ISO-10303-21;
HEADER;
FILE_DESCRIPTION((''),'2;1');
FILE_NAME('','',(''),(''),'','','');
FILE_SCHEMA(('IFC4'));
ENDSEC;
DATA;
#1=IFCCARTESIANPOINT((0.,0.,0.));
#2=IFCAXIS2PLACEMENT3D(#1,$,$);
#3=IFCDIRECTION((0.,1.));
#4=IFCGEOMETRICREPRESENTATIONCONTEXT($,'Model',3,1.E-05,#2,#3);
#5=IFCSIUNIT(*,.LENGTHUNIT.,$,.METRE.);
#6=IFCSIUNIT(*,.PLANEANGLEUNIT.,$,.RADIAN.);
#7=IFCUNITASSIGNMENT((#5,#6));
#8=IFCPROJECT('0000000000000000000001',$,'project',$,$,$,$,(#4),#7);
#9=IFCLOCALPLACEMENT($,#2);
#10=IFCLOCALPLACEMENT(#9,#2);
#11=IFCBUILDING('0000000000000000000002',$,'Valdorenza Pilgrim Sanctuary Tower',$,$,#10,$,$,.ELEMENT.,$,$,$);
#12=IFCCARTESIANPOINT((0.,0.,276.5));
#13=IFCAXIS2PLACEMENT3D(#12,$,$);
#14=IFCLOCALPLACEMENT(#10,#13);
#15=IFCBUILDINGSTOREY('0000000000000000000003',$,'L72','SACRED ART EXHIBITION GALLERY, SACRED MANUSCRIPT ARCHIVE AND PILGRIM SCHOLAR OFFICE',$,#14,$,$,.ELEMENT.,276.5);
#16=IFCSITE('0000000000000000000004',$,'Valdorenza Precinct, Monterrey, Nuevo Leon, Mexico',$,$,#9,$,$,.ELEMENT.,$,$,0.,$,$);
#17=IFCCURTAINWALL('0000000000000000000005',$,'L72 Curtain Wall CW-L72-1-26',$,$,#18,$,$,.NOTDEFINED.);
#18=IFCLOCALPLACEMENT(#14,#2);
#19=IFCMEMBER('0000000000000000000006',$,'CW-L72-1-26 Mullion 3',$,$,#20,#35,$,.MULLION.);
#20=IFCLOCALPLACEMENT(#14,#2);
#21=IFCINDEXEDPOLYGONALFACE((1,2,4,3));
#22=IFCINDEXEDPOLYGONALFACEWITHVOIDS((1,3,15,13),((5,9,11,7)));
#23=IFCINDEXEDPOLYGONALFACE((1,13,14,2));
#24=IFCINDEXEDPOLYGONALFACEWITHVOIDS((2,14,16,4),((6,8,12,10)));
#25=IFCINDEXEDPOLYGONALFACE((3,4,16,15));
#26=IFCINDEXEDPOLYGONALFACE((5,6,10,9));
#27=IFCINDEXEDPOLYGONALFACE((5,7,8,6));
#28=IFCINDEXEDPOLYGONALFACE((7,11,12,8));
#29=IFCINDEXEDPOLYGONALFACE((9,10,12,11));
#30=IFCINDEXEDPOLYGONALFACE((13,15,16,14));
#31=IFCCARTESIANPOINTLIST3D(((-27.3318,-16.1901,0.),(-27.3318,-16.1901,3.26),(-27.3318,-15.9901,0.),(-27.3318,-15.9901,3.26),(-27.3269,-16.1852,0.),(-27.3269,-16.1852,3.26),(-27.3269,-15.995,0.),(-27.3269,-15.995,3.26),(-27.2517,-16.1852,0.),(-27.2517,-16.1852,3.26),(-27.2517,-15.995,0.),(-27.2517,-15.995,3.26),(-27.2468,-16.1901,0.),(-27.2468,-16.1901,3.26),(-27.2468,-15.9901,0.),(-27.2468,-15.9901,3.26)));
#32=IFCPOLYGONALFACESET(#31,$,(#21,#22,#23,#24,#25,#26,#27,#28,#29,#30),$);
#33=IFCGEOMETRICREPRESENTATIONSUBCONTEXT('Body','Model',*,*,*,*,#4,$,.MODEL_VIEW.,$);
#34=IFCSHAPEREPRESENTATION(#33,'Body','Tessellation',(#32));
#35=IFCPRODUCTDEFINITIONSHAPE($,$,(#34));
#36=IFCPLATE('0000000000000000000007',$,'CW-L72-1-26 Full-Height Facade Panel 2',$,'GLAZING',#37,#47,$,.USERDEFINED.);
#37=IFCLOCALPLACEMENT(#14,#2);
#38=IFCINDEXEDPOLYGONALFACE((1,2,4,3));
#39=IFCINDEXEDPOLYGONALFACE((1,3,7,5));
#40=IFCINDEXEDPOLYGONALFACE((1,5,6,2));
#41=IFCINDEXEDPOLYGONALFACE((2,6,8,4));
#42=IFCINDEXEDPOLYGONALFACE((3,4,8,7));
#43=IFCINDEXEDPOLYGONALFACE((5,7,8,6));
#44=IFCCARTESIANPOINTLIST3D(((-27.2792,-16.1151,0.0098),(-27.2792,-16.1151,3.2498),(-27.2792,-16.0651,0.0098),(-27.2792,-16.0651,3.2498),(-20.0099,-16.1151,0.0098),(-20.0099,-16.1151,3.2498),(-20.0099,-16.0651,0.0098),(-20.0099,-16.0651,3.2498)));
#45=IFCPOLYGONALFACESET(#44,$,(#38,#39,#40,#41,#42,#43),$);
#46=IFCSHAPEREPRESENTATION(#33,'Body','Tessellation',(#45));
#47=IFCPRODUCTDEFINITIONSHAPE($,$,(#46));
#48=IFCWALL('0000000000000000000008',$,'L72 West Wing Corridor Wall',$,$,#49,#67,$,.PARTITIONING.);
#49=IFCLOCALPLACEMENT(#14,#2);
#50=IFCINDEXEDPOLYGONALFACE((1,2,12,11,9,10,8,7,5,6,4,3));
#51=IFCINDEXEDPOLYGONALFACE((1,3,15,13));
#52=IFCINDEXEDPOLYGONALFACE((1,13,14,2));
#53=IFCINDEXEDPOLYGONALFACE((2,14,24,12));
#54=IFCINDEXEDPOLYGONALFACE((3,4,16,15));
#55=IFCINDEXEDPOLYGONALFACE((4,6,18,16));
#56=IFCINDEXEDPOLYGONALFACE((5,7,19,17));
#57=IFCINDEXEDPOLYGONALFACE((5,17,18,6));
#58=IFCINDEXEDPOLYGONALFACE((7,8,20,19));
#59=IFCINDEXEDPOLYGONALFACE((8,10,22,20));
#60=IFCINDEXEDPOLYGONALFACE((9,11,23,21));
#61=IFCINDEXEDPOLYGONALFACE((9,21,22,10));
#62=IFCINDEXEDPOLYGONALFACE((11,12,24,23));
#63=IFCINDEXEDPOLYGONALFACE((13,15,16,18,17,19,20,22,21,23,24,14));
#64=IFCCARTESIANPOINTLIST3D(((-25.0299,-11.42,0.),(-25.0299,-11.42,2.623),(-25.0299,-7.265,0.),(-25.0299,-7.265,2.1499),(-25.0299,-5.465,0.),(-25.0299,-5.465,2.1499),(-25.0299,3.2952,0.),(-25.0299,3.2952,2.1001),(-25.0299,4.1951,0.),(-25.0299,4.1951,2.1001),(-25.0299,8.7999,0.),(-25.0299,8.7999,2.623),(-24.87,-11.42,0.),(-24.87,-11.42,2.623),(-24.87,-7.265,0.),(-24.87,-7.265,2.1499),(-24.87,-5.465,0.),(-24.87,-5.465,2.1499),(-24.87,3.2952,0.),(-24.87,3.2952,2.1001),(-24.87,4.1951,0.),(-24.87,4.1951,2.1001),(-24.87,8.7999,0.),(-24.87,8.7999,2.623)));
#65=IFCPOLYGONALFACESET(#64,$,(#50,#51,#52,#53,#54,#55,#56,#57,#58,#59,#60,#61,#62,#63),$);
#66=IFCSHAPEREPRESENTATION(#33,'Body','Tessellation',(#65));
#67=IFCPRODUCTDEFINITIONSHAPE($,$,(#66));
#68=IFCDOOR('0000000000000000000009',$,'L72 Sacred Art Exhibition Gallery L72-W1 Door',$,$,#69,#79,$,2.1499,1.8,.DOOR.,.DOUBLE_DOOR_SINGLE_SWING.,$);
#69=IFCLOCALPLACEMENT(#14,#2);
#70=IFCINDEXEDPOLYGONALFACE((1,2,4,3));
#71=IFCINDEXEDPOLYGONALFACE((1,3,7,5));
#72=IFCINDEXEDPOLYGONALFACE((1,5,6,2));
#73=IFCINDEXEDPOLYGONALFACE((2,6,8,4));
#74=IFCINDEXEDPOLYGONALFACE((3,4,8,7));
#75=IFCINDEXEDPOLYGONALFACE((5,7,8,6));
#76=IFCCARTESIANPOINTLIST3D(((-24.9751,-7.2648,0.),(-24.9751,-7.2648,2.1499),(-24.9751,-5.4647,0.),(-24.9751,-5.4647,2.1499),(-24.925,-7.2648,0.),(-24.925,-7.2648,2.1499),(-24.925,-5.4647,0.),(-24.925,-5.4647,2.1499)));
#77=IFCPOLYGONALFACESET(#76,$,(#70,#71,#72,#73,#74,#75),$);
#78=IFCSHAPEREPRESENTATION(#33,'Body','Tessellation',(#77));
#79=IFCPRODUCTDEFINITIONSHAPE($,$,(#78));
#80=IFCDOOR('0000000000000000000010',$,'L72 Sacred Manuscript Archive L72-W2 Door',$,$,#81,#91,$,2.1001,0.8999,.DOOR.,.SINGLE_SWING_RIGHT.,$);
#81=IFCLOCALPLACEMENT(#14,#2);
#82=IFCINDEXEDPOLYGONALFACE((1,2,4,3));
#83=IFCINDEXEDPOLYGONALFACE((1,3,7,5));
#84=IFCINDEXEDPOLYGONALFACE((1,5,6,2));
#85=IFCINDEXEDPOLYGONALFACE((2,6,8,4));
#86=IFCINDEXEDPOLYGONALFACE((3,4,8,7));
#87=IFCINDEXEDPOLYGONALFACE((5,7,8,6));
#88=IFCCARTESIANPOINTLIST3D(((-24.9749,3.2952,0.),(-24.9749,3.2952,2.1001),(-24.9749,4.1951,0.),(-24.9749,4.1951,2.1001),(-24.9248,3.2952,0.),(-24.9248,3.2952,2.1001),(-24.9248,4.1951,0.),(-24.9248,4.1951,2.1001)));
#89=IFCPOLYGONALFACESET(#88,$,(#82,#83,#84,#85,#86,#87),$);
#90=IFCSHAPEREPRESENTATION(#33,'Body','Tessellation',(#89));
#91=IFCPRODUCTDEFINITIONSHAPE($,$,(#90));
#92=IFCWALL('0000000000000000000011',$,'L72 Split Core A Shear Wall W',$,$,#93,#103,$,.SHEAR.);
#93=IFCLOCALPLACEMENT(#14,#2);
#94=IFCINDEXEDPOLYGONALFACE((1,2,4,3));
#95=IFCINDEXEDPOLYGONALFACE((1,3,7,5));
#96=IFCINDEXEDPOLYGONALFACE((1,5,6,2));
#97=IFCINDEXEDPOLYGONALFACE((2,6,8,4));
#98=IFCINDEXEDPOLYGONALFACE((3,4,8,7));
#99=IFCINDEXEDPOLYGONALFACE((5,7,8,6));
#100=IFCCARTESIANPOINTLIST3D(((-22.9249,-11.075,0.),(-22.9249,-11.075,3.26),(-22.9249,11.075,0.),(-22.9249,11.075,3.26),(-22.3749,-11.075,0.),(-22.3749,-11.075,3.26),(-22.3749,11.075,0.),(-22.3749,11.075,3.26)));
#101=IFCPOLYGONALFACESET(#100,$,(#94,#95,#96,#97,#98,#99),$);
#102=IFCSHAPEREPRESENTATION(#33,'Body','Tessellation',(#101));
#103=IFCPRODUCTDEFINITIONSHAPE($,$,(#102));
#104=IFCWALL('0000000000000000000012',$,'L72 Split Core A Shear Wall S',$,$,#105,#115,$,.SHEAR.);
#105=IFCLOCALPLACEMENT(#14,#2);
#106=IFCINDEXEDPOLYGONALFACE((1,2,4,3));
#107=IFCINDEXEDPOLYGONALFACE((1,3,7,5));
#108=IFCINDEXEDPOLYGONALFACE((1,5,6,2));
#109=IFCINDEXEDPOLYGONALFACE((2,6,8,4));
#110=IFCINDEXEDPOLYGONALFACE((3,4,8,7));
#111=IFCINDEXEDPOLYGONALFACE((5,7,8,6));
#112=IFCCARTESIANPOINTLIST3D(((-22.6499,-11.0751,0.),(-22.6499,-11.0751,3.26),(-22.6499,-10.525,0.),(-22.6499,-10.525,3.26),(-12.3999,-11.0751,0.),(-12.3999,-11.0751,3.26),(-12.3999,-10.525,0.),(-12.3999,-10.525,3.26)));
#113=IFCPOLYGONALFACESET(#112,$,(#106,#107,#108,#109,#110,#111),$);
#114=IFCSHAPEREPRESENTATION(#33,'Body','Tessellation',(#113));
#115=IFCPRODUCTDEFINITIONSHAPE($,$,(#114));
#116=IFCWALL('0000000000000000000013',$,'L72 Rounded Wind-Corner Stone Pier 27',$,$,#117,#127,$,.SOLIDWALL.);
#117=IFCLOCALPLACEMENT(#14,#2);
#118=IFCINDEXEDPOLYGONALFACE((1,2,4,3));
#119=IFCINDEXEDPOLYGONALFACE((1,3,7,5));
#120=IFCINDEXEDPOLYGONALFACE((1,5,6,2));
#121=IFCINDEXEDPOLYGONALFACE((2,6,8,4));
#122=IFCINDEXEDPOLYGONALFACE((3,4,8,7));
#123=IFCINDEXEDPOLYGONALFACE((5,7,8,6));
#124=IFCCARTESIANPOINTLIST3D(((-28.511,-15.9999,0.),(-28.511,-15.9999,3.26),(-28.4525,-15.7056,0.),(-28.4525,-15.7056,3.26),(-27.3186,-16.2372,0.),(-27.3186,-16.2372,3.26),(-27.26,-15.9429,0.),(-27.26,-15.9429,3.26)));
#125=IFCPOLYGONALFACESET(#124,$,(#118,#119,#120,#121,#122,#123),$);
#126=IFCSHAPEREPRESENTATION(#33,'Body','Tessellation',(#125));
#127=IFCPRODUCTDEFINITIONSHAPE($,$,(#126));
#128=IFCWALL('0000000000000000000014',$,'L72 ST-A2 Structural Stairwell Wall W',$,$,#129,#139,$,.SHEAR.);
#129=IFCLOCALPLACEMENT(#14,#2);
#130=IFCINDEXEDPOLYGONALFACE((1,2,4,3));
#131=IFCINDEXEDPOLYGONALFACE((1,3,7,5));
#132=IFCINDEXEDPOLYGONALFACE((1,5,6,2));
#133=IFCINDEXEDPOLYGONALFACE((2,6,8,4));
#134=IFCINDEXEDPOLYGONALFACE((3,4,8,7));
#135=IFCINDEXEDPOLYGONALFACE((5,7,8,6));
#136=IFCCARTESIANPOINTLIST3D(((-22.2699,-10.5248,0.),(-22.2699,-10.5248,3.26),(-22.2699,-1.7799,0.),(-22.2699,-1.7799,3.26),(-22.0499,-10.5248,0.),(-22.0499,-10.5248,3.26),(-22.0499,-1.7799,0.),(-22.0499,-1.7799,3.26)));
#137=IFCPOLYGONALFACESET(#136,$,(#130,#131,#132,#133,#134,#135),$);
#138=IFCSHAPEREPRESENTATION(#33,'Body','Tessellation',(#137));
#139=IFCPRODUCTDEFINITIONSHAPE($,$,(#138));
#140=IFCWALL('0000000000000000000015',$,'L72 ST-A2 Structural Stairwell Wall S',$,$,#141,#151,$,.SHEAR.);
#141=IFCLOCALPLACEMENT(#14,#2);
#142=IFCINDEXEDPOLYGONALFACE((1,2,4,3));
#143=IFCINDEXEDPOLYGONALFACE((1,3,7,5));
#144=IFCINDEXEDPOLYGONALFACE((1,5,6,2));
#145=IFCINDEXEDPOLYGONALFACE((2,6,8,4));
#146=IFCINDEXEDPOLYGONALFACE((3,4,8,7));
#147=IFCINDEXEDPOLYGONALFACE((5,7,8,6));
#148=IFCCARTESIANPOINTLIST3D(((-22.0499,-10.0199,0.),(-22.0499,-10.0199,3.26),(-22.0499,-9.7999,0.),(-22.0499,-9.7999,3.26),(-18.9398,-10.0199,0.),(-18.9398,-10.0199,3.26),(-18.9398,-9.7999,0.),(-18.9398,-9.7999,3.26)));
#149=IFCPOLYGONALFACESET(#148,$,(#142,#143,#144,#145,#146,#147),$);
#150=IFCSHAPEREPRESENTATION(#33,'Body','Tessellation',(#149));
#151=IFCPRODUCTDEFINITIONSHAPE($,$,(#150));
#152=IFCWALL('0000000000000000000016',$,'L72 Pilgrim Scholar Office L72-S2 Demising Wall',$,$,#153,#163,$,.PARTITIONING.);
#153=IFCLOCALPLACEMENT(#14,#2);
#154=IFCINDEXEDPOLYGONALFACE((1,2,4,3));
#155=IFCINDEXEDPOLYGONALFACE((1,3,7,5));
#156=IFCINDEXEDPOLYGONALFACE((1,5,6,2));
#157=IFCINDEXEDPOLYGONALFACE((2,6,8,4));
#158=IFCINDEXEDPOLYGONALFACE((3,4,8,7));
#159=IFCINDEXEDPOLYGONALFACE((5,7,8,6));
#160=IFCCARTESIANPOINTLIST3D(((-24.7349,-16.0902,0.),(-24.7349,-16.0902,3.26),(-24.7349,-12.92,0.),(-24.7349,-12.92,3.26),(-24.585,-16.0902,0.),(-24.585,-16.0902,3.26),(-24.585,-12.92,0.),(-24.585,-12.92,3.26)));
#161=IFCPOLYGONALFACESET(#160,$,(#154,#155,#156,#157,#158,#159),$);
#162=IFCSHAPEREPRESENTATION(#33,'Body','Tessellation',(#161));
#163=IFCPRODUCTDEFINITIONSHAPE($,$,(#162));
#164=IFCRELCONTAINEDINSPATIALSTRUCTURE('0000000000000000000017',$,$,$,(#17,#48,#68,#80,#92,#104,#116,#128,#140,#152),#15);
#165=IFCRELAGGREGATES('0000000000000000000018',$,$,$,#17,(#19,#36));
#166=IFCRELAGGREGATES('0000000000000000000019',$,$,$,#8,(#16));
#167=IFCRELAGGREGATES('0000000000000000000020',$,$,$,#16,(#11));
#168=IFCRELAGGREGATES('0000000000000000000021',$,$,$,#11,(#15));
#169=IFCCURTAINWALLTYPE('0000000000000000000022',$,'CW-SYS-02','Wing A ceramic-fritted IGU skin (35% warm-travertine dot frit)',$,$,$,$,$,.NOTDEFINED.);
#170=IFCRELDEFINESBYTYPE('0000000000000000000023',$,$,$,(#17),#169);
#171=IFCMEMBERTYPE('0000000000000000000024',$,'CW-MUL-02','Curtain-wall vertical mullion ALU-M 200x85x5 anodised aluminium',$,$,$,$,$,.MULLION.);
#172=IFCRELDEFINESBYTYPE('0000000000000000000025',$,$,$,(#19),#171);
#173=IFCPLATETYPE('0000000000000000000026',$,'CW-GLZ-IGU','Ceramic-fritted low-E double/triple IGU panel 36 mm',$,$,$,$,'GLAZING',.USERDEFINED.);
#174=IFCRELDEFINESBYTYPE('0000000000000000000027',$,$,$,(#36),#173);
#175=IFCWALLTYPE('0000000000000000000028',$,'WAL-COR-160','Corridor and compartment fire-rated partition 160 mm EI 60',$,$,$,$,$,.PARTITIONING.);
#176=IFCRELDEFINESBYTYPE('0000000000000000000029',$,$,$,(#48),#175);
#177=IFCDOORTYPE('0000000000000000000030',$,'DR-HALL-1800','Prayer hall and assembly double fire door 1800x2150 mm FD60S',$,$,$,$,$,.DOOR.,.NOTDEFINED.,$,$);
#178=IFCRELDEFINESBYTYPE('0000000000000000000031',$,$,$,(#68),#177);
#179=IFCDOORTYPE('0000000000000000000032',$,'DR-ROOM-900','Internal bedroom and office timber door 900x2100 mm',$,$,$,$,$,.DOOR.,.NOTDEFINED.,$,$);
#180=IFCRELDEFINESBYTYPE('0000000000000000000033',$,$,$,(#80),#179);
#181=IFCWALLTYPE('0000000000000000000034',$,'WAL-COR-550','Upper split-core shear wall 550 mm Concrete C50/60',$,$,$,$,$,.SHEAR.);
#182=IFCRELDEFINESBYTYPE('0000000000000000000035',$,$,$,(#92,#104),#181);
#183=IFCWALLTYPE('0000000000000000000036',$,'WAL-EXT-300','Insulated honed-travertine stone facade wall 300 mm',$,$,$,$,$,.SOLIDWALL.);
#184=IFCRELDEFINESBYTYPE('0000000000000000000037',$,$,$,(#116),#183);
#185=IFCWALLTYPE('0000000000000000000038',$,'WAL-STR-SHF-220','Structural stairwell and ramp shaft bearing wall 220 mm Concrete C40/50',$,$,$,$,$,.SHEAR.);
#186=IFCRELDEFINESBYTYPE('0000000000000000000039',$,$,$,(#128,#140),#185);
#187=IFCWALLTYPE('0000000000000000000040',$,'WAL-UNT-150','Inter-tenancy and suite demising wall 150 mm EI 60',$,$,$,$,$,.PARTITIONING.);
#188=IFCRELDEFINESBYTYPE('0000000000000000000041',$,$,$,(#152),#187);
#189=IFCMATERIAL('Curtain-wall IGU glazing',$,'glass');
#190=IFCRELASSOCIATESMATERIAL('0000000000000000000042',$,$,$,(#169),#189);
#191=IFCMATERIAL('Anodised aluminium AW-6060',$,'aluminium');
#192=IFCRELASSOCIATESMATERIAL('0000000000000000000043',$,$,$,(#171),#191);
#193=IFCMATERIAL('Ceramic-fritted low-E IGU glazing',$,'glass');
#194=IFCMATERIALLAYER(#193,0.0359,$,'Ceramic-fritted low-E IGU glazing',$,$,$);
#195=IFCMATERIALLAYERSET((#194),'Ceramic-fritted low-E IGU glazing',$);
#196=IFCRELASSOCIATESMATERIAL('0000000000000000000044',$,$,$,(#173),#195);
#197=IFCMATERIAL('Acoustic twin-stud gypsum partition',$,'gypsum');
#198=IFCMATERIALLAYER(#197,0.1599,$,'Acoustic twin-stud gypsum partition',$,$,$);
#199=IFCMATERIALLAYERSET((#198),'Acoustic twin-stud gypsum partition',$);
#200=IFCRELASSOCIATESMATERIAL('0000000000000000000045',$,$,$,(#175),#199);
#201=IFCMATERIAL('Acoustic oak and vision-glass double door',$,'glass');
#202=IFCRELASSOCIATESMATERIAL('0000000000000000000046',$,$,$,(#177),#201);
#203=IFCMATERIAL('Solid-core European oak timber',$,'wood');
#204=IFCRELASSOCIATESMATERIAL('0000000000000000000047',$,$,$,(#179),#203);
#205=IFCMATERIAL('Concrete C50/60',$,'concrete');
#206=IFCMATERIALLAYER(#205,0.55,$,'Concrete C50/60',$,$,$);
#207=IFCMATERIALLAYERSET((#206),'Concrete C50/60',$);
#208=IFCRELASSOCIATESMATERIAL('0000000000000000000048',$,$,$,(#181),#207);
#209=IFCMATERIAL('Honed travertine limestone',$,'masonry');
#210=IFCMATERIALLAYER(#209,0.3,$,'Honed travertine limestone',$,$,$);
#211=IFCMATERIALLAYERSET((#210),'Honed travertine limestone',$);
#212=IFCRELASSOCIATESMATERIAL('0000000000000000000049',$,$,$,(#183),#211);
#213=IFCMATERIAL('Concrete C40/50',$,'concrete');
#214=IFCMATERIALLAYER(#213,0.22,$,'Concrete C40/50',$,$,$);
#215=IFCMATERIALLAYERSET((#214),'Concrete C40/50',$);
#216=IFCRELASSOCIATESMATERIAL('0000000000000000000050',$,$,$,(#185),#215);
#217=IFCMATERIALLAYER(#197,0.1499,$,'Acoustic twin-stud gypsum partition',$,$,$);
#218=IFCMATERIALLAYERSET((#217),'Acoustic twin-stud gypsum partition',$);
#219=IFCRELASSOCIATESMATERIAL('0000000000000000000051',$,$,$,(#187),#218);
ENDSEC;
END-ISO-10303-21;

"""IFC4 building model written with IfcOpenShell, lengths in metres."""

from ifc_helpers import new_model, si_unit, direction, frame, frame_2d, origin, origin_2d, place, context, subcontext, project, spatial, rectangle, hollow_rectangle, extrude, source, transform, mapped, material, layer, layer_set, material_profile, profile_set, type_object, element, fill, aggregate, save


model = new_model("IFC4")

# Units and contexts
model_context = context("Model", 3, precision=1e-05, world=origin(), true_north=direction((0.0, 1.0)))
body_context = subcontext(model_context, "Body", "Model", "MODEL_VIEW")
ifc_project = project(units=[si_unit("LENGTHUNIT", "METRE"), si_unit("PLANEANGLEUNIT", "RADIAN")], contexts=[model_context])

# Site, building, storey
site_placement = place(None, origin())
site = spatial("IfcSite", under=ifc_project, at=site_placement, Name="Valdorenza Precinct, Monterrey, Nuevo Leon, Mexico", CompositionType="ELEMENT", RefElevation=0.0)
building_placement = place(site_placement, origin())
building = spatial("IfcBuilding", under=site, at=building_placement, Name="Valdorenza Pilgrim Sanctuary Tower", CompositionType="ELEMENT")
storey_placement = place(building_placement, frame((0.0, 0.0, 276.5)))
storey = spatial("IfcBuildingStorey", under=building, at=storey_placement, Name="L72", Description="SACRED ART EXHIBITION GALLERY, SACRED MANUSCRIPT ARCHIVE AND PILGRIM SCHOLAR OFFICE", CompositionType="ELEMENT", Elevation=276.5)

# Shared definitions
ifc_material_1 = material(Name="Concrete C50/60", Category="concrete")

# Curtain wall, member, plate
ifc_material_2 = material(Name="Curtain-wall IGU glazing", Category="glass")
curtain_wall_type = type_object("IfcCurtainWallType", Name="CW-SYS-02", Description="Wing A ceramic-fritted IGU skin (35% warm-travertine dot frit)", PredefinedType="NOTDEFINED", material=ifc_material_2)
curtain_wall_placement = place(storey_placement, origin())
curtain_wall = element("IfcCurtainWall", 1, at=curtain_wall_placement, inside=storey, type_object=curtain_wall_type, Name="L72 Curtain Wall CW-L72-1-26", PredefinedType="NOTDEFINED")
ifc_material_3 = material(Name="Anodised aluminium AW-6060", Category="aluminium")
ifc_material_profile_1 = material_profile(ifc_material_3, hollow_rectangle(XDim=0.085, YDim=0.2, WallThickness=0.0049, at=origin_2d()), Name="ALU-M 200x85x5")
ifc_profile_set_1 = profile_set([ifc_material_profile_1], Name="Anodised aluminium AW-6060")
member_type = type_object("IfcMemberType", Name="CW-MUL-02", Description="Curtain-wall vertical mullion ALU-M 200x85x5 anodised aluminium", PredefinedType="MULLION", material=ifc_profile_set_1)
shared_shape_1 = source(origin(), body_context, "Body", "SweptSolid", [
    extrude(hollow_rectangle(XDim=0.085, YDim=0.2, WallThickness=0.0049, at=origin_2d()), origin(), (0.0, 0.0, 1.0), 3.26),
])
member_placement = place(storey_placement, frame((-27.2893, -16.0901, 0.0), z_axis=(0.0, 0.0, 1.0), x_axis=(-1.0, 0.0, 0.0)))
member = element("IfcMember", 2, at=member_placement, type_object=member_type, Name="CW-L72-1-26 Mullion 3", PredefinedType="MULLION", context=body_context, shape_type="MappedRepresentation", body=[
    mapped(shared_shape_1, transform((0.0, 0.0, 0.0), x_axis=(1.0, 0.0, 0.0), y_axis=(0.0, 1.0, 0.0), z_axis=(0.0, 0.0, 1.0), scale=1.0)),
])
ifc_material_4 = material(Name="Ceramic-fritted low-E IGU glazing", Category="glass")
ifc_layer_1 = layer(ifc_material_4, 0.0359, Name="Ceramic-fritted low-E IGU glazing")
ifc_layer_set_1 = layer_set([ifc_layer_1], Name="Ceramic-fritted low-E IGU glazing")
plate_type = type_object("IfcPlateType", Name="CW-GLZ-IGU", Description="Ceramic-fritted low-E double/triple IGU panel 36 mm", ElementType="GLAZING", PredefinedType="USERDEFINED", material=ifc_layer_set_1)
shared_shape_2 = source(origin(), body_context, "Body", "SweptSolid", [
    extrude(rectangle(XDim=7.2693, YDim=0.05, at=origin_2d()), origin(), (0.0, 0.0, 1.0), 3.24),
])
plate_placement = place(storey_placement, frame((-23.6445, -16.0901, 0.0098), z_axis=(0.0, 0.0, 1.0), x_axis=(-1.0, 0.0, 0.0)))
plate = element("IfcPlate", 3, at=plate_placement, type_object=plate_type, Name="CW-L72-1-26 Full-Height Facade Panel 2", ObjectType="GLAZING", PredefinedType="USERDEFINED", context=body_context, shape_type="MappedRepresentation", body=[
    mapped(shared_shape_2, transform((0.0, 0.0, 0.0), x_axis=(1.0, 0.0, 0.0), y_axis=(0.0, 1.0, 0.0), z_axis=(0.0, 0.0, 1.0), scale=1.0)),
])
aggregate(curtain_wall, [member, plate])

# Wall, openings, doors
ifc_material_5 = material(Name="Acoustic twin-stud gypsum partition", Category="gypsum")
ifc_layer_2 = layer(ifc_material_5, 0.1599, Name="Acoustic twin-stud gypsum partition")
ifc_layer_set_2 = layer_set([ifc_layer_2], Name="Acoustic twin-stud gypsum partition")
wall_type_1 = type_object("IfcWallType", Name="WAL-COR-160", Description="Corridor and compartment fire-rated partition 160 mm EI 60", PredefinedType="PARTITIONING", material=ifc_layer_set_2)
wall_1_placement = place(storey_placement, frame((-24.95, -11.4199, 0.0), z_axis=(0.0, 0.0, 1.0), x_axis=(0.0, 1.0, 0.0)))
wall_1 = element("IfcWall", 4, at=wall_1_placement, inside=storey, type_object=wall_type_1, Name="L72 West Wing Corridor Wall", PredefinedType="PARTITIONING", context=body_context, shape_type="SweptSolid", body=[
    extrude(rectangle(XDim=20.22, YDim=0.1599, at=frame_2d((10.1099, 0.0))), origin(), (0.0, 0.0, 1.0), 2.623),
])
opening_1_placement = place(wall_1_placement, frame((4.155, 0.0, 0.0)))
opening_1 = element("IfcOpeningElement", 5, at=opening_1_placement, cuts=wall_1, PredefinedType="OPENING", context=body_context, shape_type="SweptSolid", body=[
    extrude(rectangle(XDim=1.8, YDim=2.1499, at=frame_2d((0.8999, 1.075))), frame((0.0, 0.0947, 0.0), z_axis=(0.0, -1.0, 0.0), x_axis=(1.0, 0.0, 0.0)), (0.0, 0.0, 1.0), 0.1897),
])
opening_2_placement = place(wall_1_placement, frame((14.7151, 0.0, 0.0)))
opening_2 = element("IfcOpeningElement", 6, at=opening_2_placement, cuts=wall_1, PredefinedType="OPENING", context=body_context, shape_type="SweptSolid", body=[
    extrude(rectangle(XDim=0.8999, YDim=2.1001, at=frame_2d((0.45, 1.05))), frame((0.0, 0.0947, 0.0), z_axis=(0.0, -1.0, 0.0), x_axis=(1.0, 0.0, 0.0)), (0.0, 0.0, 1.0), 0.1897),
])
ifc_material_6 = material(Name="Acoustic oak and vision-glass double door", Category="glass")
door_type_1 = type_object("IfcDoorType", Name="DR-HALL-1800", Description="Prayer hall and assembly double fire door 1800x2150 mm FD60S", OperationType="NOTDEFINED", PredefinedType="DOOR", material=ifc_material_6)
door_1_placement = place(opening_1_placement, frame((1.8, 0.0, 0.0), z_axis=(0.0, 0.0, 1.0), x_axis=(-1.0, 0.0, 0.0)))
door_1 = element("IfcDoor", 7, at=door_1_placement, inside=storey, type_object=door_type_1, Name="L72 Sacred Art Exhibition Gallery L72-W1 Door", OperationType="DOUBLE_DOOR_SINGLE_SWING", OverallHeight=2.1499, OverallWidth=1.8, PredefinedType="DOOR", context=body_context, shape_type="SweptSolid", body=[
    extrude(rectangle(XDim=1.8, YDim=2.1499, at=frame_2d((0.8999, 1.075))), frame((0.0, 0.0249, 0.0), z_axis=(0.0, -1.0, 0.0), x_axis=(1.0, 0.0, 0.0)), (0.0, 0.0, 1.0), 0.05),
])
fill(opening_1, door_1)
ifc_material_7 = material(Name="Solid-core European oak timber", Category="wood")
door_type_2 = type_object("IfcDoorType", Name="DR-ROOM-900", Description="Internal bedroom and office timber door 900x2100 mm", OperationType="NOTDEFINED", PredefinedType="DOOR", material=ifc_material_7)
door_2_placement = place(opening_2_placement, origin())
door_2 = element("IfcDoor", 8, at=door_2_placement, inside=storey, type_object=door_type_2, Name="L72 Sacred Manuscript Archive L72-W2 Door", OperationType="SINGLE_SWING_RIGHT", OverallHeight=2.1001, OverallWidth=0.8999, PredefinedType="DOOR", context=body_context, shape_type="SweptSolid", body=[
    extrude(rectangle(XDim=0.8999, YDim=2.1001, at=frame_2d((0.45, 1.05))), frame((0.0, 0.0249, 0.0), z_axis=(0.0, -1.0, 0.0), x_axis=(1.0, 0.0, 0.0)), (0.0, 0.0, 1.0), 0.05),
])
fill(opening_2, door_2)

# Walls
ifc_layer_3 = layer(ifc_material_1, 0.55, Name="Concrete C50/60")
ifc_layer_set_3 = layer_set([ifc_layer_3], Name="Concrete C50/60")
wall_type_2 = type_object("IfcWallType", Name="WAL-COR-550", Description="Upper split-core shear wall 550 mm Concrete C50/60", PredefinedType="SHEAR", material=ifc_layer_set_3)
wall_2_placement = place(storey_placement, frame((-22.6499, -11.075, 0.0), z_axis=(0.0, 0.0, 1.0), x_axis=(0.0, 1.0, 0.0)))
element("IfcWall", 9, at=wall_2_placement, inside=storey, type_object=wall_type_2, Name="L72 Split Core A Shear Wall W", PredefinedType="SHEAR", context=body_context, shape_type="SweptSolid", body=[
    extrude(rectangle(XDim=22.1499, YDim=0.55, at=frame_2d((11.075, 0.0))), origin(), (0.0, 0.0, 1.0), 3.26),
])
wall_3_placement = place(storey_placement, frame((-22.6499, -10.8, 0.0), z_axis=(0.0, 0.0, 1.0), x_axis=(1.0, 0.0, 0.0)))
element("IfcWall", 10, at=wall_3_placement, inside=storey, type_object=wall_type_2, Name="L72 Split Core A Shear Wall S", PredefinedType="SHEAR", context=body_context, shape_type="SweptSolid", body=[
    extrude(rectangle(XDim=10.25, YDim=0.55, at=frame_2d((5.125, 0.0))), origin(), (0.0, 0.0, 1.0), 3.26),
])
ifc_material_8 = material(Name="Honed travertine limestone", Category="masonry")
ifc_layer_4 = layer(ifc_material_8, 0.3, Name="Honed travertine limestone")
ifc_layer_set_4 = layer_set([ifc_layer_4], Name="Honed travertine limestone")
wall_type_3 = type_object("IfcWallType", Name="WAL-EXT-300", Description="Insulated honed-travertine stone facade wall 300 mm", PredefinedType="SOLIDWALL", material=ifc_layer_set_4)
wall_4_placement = place(storey_placement, frame((-27.2893, -16.0901, 0.0), z_axis=(0.0, 0.0, 1.0), x_axis=(-0.980766, 0.195189, 0.0)))
element("IfcWall", 11, at=wall_4_placement, inside=storey, type_object=wall_type_3, Name="L72 Rounded Wind-Corner Stone Pier 27", PredefinedType="SOLIDWALL", context=body_context, shape_type="SweptSolid", body=[
    extrude(rectangle(XDim=1.2158, YDim=0.3, at=frame_2d((0.6079, 0.0))), origin(), (0.0, 0.0, 1.0), 3.26),
])
ifc_material_9 = material(Name="Concrete C40/50", Category="concrete")
ifc_layer_5 = layer(ifc_material_9, 0.22, Name="Concrete C40/50")
ifc_layer_set_5 = layer_set([ifc_layer_5], Name="Concrete C40/50")
wall_type_4 = type_object("IfcWallType", Name="WAL-STR-SHF-220", Description="Structural stairwell and ramp shaft bearing wall 220 mm Concrete C40/50", PredefinedType="SHEAR", material=ifc_layer_set_5)
wall_5_placement = place(storey_placement, frame((-22.1599, -10.5249, 0.0), z_axis=(0.0, 0.0, 1.0), x_axis=(0.0, 1.0, 0.0)))
element("IfcWall", 12, at=wall_5_placement, inside=storey, type_object=wall_type_4, Name="L72 ST-A2 Structural Stairwell Wall W", PredefinedType="SHEAR", context=body_context, shape_type="SweptSolid", body=[
    extrude(rectangle(XDim=8.7449, YDim=0.22, at=frame_2d((4.3726, 0.0))), origin(), (0.0, 0.0, 1.0), 3.26),
])
wall_6_placement = place(storey_placement, frame((-22.05, -9.9099, 0.0), z_axis=(0.0, 0.0, 1.0), x_axis=(1.0, 0.0, 0.0)))
element("IfcWall", 13, at=wall_6_placement, inside=storey, type_object=wall_type_4, Name="L72 ST-A2 Structural Stairwell Wall S", PredefinedType="SHEAR", context=body_context, shape_type="SweptSolid", body=[
    extrude(rectangle(XDim=3.1101, YDim=0.22, at=frame_2d((1.5552, 0.0))), origin(), (0.0, 0.0, 1.0), 3.26),
])
ifc_layer_6 = layer(ifc_material_5, 0.1499, Name="Acoustic twin-stud gypsum partition")
ifc_layer_set_6 = layer_set([ifc_layer_6], Name="Acoustic twin-stud gypsum partition")
wall_type_5 = type_object("IfcWallType", Name="WAL-UNT-150", Description="Inter-tenancy and suite demising wall 150 mm EI 60", PredefinedType="PARTITIONING", material=ifc_layer_set_6)
wall_7_placement = place(storey_placement, frame((-24.6599, -16.0901, 0.0), z_axis=(0.0, 0.0, 1.0), x_axis=(0.0, 1.0, 0.0)))
element("IfcWall", 14, at=wall_7_placement, inside=storey, type_object=wall_type_5, Name="L72 Pilgrim Scholar Office L72-S2 Demising Wall", PredefinedType="PARTITIONING", context=body_context, shape_type="SweptSolid", body=[
    extrude(rectangle(XDim=3.1702, YDim=0.1499, at=frame_2d((1.585, 0.0))), origin(), (0.0, 0.0, 1.0), 3.26),
])

save(model, "model.ifc")
